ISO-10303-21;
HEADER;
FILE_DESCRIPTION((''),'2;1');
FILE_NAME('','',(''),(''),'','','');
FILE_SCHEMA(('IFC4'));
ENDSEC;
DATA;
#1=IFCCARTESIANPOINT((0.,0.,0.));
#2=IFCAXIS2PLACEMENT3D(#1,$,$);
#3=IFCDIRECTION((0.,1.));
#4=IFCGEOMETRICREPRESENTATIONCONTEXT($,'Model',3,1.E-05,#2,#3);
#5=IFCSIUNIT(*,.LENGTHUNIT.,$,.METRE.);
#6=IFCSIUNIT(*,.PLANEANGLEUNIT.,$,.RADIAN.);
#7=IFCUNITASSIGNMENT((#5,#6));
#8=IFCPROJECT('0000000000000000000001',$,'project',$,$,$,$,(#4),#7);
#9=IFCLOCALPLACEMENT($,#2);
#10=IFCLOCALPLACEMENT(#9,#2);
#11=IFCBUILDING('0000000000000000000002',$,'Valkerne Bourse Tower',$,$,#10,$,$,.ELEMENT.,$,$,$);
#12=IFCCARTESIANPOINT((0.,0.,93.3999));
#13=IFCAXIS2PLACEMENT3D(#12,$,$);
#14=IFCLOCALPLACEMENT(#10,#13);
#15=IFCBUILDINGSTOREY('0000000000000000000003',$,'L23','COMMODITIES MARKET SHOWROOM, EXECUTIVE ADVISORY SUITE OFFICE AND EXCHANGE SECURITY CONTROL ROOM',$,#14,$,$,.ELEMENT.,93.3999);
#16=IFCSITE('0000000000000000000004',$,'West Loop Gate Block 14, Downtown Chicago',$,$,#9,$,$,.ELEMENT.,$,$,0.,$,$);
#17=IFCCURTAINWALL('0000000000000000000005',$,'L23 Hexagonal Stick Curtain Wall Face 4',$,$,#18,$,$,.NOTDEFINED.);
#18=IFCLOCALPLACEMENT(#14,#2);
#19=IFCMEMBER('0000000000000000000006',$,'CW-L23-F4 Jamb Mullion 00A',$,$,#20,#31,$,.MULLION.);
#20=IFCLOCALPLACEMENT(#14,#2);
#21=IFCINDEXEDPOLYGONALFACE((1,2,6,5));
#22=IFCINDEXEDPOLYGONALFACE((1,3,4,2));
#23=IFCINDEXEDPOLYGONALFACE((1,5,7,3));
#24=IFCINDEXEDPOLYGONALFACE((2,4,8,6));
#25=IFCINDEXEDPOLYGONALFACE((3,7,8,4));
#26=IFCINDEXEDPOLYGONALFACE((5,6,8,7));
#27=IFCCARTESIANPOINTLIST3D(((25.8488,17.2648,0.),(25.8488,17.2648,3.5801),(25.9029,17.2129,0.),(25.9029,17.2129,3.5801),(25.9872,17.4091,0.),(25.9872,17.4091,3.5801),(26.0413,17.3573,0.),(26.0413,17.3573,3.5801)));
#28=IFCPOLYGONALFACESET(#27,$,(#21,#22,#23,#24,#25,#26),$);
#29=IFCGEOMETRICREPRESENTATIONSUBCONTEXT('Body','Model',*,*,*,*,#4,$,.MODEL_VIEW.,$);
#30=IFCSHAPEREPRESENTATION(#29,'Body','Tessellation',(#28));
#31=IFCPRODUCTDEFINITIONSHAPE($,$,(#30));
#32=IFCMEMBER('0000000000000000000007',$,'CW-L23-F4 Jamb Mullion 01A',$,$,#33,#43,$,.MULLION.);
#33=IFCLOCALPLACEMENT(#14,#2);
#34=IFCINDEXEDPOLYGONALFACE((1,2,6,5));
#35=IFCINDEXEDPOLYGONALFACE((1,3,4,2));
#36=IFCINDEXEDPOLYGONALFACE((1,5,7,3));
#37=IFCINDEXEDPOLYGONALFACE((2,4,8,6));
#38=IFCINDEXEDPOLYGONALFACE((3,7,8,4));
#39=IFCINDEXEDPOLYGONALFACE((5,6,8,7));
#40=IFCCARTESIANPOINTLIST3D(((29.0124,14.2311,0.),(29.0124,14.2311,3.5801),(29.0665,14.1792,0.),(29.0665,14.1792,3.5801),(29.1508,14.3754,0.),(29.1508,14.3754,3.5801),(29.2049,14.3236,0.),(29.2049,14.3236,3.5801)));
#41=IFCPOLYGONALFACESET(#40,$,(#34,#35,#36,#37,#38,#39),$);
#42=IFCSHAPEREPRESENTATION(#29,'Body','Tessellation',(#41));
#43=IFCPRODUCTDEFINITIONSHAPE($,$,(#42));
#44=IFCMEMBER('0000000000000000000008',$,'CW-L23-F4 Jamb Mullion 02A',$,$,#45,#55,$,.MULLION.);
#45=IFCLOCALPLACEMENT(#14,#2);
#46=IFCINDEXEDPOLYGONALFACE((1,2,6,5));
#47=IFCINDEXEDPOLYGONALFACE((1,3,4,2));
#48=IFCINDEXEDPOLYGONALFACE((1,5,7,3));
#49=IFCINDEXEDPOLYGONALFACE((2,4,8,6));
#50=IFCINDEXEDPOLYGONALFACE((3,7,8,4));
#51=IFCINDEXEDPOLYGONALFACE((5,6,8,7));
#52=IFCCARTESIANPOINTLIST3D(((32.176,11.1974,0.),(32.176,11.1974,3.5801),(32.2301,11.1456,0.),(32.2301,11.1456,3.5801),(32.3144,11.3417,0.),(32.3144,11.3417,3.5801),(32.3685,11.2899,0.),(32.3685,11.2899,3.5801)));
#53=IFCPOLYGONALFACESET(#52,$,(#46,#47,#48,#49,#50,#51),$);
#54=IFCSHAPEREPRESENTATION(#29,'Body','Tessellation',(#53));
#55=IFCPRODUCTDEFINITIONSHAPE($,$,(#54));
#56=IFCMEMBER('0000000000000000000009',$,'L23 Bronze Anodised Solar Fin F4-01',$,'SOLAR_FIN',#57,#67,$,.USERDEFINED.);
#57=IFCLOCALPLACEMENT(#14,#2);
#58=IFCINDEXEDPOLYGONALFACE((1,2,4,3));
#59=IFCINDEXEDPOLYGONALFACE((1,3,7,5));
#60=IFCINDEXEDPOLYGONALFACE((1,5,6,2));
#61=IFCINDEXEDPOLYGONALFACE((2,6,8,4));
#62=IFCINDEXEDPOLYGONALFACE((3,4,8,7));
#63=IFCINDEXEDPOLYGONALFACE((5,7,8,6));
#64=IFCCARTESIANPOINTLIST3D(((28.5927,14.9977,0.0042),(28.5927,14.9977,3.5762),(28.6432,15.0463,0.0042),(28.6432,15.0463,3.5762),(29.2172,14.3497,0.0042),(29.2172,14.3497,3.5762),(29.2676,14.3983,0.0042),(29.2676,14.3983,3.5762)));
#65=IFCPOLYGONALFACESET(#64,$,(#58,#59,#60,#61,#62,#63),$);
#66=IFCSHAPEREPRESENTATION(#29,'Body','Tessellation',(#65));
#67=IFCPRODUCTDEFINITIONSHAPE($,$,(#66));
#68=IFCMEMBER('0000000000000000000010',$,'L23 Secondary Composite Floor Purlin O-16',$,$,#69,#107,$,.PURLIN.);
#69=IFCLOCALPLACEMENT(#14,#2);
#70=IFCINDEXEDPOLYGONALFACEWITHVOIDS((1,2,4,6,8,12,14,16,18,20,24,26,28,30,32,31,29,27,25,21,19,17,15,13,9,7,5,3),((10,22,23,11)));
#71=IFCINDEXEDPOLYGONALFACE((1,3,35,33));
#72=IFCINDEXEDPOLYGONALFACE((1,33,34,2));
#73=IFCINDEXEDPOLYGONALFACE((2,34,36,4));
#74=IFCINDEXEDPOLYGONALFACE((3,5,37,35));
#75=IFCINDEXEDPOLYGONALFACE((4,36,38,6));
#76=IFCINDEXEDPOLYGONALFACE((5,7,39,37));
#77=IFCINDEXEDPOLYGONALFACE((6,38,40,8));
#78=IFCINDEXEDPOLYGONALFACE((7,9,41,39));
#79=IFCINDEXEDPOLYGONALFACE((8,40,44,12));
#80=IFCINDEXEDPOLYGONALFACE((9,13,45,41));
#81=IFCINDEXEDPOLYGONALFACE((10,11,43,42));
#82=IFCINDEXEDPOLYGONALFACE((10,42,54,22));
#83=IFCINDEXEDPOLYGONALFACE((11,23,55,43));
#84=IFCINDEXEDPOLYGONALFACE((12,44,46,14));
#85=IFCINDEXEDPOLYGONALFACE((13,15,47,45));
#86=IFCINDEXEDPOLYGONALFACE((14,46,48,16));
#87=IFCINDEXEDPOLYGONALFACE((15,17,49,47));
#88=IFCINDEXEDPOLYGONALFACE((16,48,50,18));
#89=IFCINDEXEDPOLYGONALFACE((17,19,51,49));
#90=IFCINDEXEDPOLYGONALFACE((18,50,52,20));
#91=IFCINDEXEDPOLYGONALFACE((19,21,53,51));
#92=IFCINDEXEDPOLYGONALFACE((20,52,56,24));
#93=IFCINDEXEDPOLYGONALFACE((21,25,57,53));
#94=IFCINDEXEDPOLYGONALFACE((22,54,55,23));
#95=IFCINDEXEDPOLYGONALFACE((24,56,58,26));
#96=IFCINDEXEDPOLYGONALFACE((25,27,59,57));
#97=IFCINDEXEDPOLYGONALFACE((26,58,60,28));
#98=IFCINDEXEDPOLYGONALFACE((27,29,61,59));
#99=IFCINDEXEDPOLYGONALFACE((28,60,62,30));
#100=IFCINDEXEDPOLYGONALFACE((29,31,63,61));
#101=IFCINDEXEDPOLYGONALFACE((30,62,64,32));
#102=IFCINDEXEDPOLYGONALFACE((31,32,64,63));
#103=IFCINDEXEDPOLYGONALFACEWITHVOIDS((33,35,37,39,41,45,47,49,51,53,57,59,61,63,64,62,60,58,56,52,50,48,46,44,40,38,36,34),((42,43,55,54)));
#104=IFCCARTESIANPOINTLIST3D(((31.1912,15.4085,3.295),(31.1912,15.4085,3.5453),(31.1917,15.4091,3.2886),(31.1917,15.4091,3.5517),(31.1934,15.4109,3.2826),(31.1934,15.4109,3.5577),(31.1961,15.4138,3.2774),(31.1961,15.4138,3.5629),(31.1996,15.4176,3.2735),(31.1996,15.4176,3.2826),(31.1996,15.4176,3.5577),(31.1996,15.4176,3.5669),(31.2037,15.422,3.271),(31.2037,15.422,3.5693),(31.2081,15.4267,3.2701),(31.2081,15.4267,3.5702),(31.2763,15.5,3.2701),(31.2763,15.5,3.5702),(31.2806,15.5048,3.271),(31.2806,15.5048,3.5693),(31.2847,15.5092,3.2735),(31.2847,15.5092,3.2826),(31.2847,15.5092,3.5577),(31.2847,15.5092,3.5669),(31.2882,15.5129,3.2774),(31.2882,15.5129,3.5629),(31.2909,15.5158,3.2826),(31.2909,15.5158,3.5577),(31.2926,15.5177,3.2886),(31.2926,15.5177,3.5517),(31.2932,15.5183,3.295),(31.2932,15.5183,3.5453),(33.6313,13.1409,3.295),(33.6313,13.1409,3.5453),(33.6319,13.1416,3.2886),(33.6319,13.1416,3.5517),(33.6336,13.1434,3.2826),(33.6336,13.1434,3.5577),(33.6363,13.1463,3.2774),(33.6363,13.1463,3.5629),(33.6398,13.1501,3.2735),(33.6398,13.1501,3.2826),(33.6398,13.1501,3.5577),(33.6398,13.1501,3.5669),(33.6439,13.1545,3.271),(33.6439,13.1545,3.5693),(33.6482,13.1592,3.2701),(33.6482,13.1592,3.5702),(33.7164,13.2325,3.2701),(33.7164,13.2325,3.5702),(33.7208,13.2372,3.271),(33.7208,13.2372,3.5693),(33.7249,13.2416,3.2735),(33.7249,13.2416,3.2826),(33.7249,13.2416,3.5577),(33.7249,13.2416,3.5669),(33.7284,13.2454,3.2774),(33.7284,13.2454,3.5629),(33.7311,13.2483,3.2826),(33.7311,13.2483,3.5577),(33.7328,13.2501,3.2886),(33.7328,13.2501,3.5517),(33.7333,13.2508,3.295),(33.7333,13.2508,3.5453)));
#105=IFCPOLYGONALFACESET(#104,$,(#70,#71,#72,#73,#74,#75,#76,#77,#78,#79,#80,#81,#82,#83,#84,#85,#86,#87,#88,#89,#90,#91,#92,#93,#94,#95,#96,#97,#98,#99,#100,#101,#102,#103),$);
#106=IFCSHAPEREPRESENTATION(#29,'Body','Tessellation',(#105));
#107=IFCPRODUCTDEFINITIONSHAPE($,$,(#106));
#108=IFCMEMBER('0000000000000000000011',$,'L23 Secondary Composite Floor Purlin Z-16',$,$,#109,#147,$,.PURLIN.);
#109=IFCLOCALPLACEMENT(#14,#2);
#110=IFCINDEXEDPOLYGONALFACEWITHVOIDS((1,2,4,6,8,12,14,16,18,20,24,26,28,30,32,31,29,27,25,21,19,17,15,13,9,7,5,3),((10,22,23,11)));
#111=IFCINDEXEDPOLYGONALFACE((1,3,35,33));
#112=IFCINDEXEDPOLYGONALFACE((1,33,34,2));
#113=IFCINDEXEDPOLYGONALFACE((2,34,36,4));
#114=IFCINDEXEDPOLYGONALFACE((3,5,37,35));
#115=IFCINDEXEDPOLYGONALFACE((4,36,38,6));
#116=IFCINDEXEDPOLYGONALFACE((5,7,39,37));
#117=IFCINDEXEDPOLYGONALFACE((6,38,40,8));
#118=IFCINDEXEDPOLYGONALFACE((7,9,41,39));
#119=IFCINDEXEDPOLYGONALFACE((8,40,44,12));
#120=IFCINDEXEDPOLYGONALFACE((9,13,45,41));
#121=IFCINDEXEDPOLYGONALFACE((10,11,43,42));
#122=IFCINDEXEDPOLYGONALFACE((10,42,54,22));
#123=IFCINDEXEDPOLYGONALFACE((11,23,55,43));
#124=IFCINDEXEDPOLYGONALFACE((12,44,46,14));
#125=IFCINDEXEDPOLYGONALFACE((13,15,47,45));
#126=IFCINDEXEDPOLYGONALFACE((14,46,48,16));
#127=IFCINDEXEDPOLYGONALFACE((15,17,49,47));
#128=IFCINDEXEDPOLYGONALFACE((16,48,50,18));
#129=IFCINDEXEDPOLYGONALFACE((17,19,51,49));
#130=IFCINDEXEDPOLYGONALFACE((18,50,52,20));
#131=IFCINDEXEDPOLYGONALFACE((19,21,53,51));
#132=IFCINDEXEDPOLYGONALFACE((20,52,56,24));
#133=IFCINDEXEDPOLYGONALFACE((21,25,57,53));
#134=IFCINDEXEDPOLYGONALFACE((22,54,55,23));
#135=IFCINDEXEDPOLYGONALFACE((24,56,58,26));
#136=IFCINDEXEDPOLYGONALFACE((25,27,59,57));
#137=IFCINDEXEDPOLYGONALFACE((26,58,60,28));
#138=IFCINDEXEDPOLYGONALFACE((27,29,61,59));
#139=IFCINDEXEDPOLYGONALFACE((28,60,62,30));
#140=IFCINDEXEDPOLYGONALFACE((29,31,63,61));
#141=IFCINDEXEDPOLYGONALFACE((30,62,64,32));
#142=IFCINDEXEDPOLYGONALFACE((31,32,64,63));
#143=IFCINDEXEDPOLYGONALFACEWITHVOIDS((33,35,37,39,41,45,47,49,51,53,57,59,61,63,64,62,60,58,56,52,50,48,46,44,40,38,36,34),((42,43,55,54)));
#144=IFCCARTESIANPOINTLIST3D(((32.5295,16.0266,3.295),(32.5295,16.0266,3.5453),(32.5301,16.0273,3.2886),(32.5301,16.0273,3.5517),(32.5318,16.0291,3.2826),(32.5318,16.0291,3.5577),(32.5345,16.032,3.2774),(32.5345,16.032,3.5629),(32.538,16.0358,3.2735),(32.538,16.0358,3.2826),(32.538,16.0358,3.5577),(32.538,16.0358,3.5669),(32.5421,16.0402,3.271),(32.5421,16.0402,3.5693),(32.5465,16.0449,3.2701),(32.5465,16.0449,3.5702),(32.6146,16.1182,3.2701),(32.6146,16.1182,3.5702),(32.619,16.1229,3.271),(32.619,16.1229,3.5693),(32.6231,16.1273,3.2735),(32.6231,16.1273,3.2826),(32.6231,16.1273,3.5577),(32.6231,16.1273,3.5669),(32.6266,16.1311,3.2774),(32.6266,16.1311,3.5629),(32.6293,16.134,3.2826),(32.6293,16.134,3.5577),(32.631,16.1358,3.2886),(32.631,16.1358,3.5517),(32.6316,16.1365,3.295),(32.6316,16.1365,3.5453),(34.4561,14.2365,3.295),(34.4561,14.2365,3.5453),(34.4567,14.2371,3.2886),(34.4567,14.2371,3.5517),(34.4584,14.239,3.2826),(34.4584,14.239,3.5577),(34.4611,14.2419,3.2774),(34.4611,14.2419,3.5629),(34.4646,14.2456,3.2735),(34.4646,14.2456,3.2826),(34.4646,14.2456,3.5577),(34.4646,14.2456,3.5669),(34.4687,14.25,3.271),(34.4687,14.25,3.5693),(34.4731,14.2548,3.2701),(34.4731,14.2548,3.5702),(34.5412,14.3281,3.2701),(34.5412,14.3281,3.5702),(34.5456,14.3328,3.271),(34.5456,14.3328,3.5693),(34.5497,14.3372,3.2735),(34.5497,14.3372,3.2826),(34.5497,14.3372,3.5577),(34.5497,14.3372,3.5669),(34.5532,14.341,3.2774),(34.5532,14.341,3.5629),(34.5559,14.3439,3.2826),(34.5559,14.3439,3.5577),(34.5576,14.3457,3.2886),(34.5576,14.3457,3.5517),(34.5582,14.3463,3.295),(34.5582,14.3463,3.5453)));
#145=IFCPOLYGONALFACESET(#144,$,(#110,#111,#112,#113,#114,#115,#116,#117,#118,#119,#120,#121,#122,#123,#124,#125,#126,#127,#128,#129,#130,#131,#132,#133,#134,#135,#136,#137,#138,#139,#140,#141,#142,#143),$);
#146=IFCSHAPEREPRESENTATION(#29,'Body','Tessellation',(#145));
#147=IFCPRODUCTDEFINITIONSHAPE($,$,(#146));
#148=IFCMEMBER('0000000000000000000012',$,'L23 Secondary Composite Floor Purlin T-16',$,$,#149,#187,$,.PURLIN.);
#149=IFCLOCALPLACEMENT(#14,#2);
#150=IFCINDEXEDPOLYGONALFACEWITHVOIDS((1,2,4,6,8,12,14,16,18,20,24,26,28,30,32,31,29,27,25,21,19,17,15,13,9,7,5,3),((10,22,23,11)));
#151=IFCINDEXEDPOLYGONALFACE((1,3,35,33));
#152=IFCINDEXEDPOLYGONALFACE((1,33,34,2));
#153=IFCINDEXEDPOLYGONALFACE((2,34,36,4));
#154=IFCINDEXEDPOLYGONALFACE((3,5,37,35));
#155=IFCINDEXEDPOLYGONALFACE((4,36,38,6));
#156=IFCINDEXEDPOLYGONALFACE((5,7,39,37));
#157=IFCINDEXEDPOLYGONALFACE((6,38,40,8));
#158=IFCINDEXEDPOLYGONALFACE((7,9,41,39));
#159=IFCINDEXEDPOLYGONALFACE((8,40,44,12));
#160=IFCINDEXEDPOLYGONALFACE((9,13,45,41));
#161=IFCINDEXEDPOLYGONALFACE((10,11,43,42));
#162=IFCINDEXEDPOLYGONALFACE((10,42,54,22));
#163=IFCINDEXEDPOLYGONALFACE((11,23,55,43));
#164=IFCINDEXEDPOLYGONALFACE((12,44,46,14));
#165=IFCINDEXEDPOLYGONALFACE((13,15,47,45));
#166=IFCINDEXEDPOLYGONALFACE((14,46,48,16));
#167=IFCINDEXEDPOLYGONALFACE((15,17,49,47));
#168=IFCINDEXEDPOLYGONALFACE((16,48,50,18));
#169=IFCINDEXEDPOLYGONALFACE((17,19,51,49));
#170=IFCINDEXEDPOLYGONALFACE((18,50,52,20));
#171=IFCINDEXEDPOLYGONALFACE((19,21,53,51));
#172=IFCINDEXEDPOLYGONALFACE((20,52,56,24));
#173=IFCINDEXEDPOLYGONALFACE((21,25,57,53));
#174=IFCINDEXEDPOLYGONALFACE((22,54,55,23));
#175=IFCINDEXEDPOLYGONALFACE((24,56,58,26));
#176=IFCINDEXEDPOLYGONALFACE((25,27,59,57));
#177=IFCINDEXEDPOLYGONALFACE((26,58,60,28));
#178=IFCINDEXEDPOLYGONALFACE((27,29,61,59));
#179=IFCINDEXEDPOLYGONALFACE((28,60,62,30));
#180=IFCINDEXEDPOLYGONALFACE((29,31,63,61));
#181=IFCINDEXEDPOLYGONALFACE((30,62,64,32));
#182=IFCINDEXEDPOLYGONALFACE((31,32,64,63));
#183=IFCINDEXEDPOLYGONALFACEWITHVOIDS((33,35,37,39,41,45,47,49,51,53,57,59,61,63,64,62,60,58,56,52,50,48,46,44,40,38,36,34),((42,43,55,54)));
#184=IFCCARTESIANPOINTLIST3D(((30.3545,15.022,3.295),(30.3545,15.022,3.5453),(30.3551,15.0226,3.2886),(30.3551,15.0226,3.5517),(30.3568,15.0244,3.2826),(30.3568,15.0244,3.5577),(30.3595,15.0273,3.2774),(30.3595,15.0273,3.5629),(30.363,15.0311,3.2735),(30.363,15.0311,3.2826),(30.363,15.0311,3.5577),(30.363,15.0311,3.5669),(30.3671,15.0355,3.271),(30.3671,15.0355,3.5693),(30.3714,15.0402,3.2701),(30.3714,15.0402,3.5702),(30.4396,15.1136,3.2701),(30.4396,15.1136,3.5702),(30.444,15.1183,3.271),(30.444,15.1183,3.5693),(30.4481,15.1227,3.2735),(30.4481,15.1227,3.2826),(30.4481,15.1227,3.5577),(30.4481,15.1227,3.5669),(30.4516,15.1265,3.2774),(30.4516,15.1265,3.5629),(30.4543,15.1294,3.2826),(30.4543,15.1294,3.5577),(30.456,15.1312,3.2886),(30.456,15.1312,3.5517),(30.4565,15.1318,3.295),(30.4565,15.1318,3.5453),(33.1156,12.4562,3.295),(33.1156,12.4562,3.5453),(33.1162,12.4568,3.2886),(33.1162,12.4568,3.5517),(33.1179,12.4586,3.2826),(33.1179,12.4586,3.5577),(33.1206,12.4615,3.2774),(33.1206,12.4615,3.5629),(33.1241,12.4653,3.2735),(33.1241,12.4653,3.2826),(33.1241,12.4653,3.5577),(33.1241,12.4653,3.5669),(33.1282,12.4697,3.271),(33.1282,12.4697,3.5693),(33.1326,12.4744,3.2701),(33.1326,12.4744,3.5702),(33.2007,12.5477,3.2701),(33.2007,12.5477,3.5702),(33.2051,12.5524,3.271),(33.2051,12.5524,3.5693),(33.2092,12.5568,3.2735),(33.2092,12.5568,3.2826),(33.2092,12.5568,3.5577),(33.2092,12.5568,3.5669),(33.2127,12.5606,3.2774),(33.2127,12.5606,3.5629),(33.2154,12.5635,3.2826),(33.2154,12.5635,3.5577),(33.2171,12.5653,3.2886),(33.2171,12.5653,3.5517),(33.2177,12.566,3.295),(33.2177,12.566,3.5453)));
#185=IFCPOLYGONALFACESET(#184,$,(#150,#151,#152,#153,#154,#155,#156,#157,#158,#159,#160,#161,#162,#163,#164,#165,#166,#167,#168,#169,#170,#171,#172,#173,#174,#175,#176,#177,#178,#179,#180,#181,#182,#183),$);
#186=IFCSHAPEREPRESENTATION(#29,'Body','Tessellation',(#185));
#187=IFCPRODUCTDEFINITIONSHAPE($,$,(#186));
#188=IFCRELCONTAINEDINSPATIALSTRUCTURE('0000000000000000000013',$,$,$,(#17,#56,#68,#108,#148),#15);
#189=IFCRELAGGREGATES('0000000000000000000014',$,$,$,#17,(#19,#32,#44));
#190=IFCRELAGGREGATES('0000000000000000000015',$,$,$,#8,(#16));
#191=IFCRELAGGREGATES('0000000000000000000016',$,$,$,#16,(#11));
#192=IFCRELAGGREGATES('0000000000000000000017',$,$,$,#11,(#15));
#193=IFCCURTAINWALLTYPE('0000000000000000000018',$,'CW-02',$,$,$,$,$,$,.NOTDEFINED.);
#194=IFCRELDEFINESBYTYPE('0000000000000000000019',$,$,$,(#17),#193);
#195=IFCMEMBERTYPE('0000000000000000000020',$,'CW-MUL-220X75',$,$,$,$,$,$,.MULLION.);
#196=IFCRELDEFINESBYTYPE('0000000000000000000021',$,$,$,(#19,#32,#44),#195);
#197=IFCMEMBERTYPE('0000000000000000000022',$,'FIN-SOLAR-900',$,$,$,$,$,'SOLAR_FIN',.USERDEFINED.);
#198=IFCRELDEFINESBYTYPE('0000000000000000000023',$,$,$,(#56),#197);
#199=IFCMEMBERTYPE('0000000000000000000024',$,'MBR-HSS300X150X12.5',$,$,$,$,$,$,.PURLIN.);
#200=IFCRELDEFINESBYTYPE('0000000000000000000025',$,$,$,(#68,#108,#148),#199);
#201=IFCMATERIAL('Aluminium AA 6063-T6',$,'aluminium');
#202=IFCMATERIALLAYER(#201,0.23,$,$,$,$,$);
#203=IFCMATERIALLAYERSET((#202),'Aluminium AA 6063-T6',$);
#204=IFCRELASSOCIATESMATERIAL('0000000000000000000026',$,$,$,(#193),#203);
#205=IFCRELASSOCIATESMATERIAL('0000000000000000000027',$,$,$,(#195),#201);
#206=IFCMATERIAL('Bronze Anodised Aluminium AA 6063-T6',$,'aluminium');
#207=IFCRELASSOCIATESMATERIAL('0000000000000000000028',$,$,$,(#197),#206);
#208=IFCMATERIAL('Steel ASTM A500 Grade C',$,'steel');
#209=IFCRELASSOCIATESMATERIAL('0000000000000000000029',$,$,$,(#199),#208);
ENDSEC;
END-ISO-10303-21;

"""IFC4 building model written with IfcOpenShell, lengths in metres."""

from ifc_helpers import new_model, si_unit, direction, frame, origin, origin_2d, place, context, subcontext, project, spatial, rectangle, hollow_rectangle, extrude, material, layer, layer_set, material_profile, profile_set, type_object, element, aggregate, save


model = new_model("IFC4")

# Units and contexts
model_context = context("Model", 3, precision=1e-05, world=origin(), true_north=direction((0.0, 1.0)))
body_context = subcontext(model_context, "Body", "Model", "MODEL_VIEW")
ifc_project = project(units=[si_unit("LENGTHUNIT", "METRE"), si_unit("PLANEANGLEUNIT", "RADIAN")], contexts=[model_context])

# Site, building, storey
site_placement = place(None, origin())
site = spatial("IfcSite", under=ifc_project, at=site_placement, Name="West Loop Gate Block 14, Downtown Chicago", CompositionType="ELEMENT", RefElevation=0.0)
building_placement = place(site_placement, origin())
building = spatial("IfcBuilding", under=site, at=building_placement, Name="Valkerne Bourse Tower", CompositionType="ELEMENT")
storey_placement = place(building_placement, frame((0.0, 0.0, 93.3999)))
storey = spatial("IfcBuildingStorey", under=building, at=storey_placement, Name="L23", Description="COMMODITIES MARKET SHOWROOM, EXECUTIVE ADVISORY SUITE OFFICE AND EXCHANGE SECURITY CONTROL ROOM", CompositionType="ELEMENT", Elevation=93.3999)

# Curtain wall, members
ifc_material_1 = material(Name="Aluminium AA 6063-T6", Category="aluminium")
ifc_layer_1 = layer(ifc_material_1, 0.23)
ifc_layer_set_1 = layer_set([ifc_layer_1], Name="Aluminium AA 6063-T6")
curtain_wall_type = type_object("IfcCurtainWallType", Name="CW-02", PredefinedType="NOTDEFINED", material=ifc_layer_set_1)
curtain_wall_placement = place(storey_placement, origin())
curtain_wall = element("IfcCurtainWall", 1, at=curtain_wall_placement, inside=storey, type_object=curtain_wall_type, Name="L23 Hexagonal Stick Curtain Wall Face 4", PredefinedType="NOTDEFINED")
ifc_material_profile_1 = material_profile(ifc_material_1, rectangle(XDim=0.075, YDim=0.2, at=origin_2d()), Name="CWM-75X200")
ifc_profile_set_1 = profile_set([ifc_material_profile_1], Name="Aluminium AA 6063-T6")
member_type_1 = type_object("IfcMemberType", Name="CW-MUL-220X75", PredefinedType="MULLION", material=ifc_profile_set_1)
member_1_placement = place(storey_placement, frame((25.9451, 17.311, 0.0), z_axis=(0.0, 0.0, 1.0), x_axis=(0.721759, -0.692145, 0.0)))
member_1 = element("IfcMember", 2, at=member_1_placement, type_object=member_type_1, Name="CW-L23-F4 Jamb Mullion 00A", PredefinedType="MULLION", context=body_context, shape_type="SweptSolid", body=[
    extrude(rectangle(XDim=0.075, YDim=0.2, at=origin_2d()), origin(), (0.0, 0.0, 1.0), 3.5801),
])
member_2_placement = place(storey_placement, frame((29.1086, 14.2773, 0.0), z_axis=(0.0, 0.0, 1.0), x_axis=(0.721759, -0.692145, 0.0)))
member_2 = element("IfcMember", 3, at=member_2_placement, type_object=member_type_1, Name="CW-L23-F4 Jamb Mullion 01A", PredefinedType="MULLION", context=body_context, shape_type="SweptSolid", body=[
    extrude(rectangle(XDim=0.075, YDim=0.2, at=origin_2d()), origin(), (0.0, 0.0, 1.0), 3.5801),
])
member_3_placement = place(storey_placement, frame((32.2722, 11.2437, 0.0), z_axis=(0.0, 0.0, 1.0), x_axis=(0.72177, -0.692133, 0.0)))
member_3 = element("IfcMember", 4, at=member_3_placement, type_object=member_type_1, Name="CW-L23-F4 Jamb Mullion 02A", PredefinedType="MULLION", context=body_context, shape_type="SweptSolid", body=[
    extrude(rectangle(XDim=0.075, YDim=0.2, at=origin_2d()), origin(), (0.0, 0.0, 1.0), 3.5801),
])

# Members
ifc_material_2 = material(Name="Bronze Anodised Aluminium AA 6063-T6", Category="aluminium")
ifc_material_profile_2 = material_profile(ifc_material_2, rectangle(XDim=0.0701, YDim=0.8999, at=origin_2d()), Name="FIN-70X900")
ifc_profile_set_2 = profile_set([ifc_material_profile_2], Name="Bronze Anodised Aluminium AA 6063-T6")
member_type_2 = type_object("IfcMemberType", Name="FIN-SOLAR-900", ElementType="SOLAR_FIN", PredefinedType="USERDEFINED", material=ifc_profile_set_2)
member_4_placement = place(storey_placement, frame((28.9302, 14.698, 0.0042), z_axis=(0.0, 0.0, 1.0), x_axis=(-0.720098, -0.693872, 0.0)))
element("IfcMember", 5, at=member_4_placement, inside=storey, type_object=member_type_2, Name="L23 Bronze Anodised Solar Fin F4-01", ObjectType="SOLAR_FIN", PredefinedType="USERDEFINED", context=body_context, shape_type="SweptSolid", body=[
    extrude(rectangle(XDim=0.0701, YDim=0.8999, at=origin_2d()), origin(), (0.0, 0.0, 1.0), 3.572),
])
ifc_material_3 = material(Name="Steel ASTM A500 Grade C", Category="steel")
ifc_material_profile_3 = material_profile(ifc_material_3, hollow_rectangle(XDim=0.1499, YDim=0.3, WallThickness=0.0125, OuterFilletRadius=0.0249, at=origin_2d()), Name="HSS300X150X12.5")
ifc_profile_set_3 = profile_set([ifc_material_profile_3], Name="Steel ASTM A500 Grade C")
member_type_3 = type_object("IfcMemberType", Name="MBR-HSS300X150X12.5", PredefinedType="PURLIN", material=ifc_profile_set_3)
member_5_placement = place(storey_placement, frame((31.2422, 15.4634, 3.4202), z_axis=(0.73254, -0.680724, 0.0), x_axis=(0.680724, 0.73254, 0.0)))
element("IfcMember", 6, at=member_5_placement, inside=storey, type_object=member_type_3, Name="L23 Secondary Composite Floor Purlin O-16", PredefinedType="PURLIN", context=body_context, shape_type="SweptSolid", body=[
    extrude(hollow_rectangle(XDim=0.1499, YDim=0.3, WallThickness=0.0125, OuterFilletRadius=0.0249, at=origin_2d()), origin(), (0.0, 0.0, 1.0), 3.3311),
])
member_6_placement = place(storey_placement, frame((32.5806, 16.0815, 3.4202), z_axis=(0.732579, -0.680683, 0.0), x_axis=(0.680683, 0.732579, 0.0)))
element("IfcMember", 7, at=member_6_placement, inside=storey, type_object=member_type_3, Name="L23 Secondary Composite Floor Purlin Z-16", PredefinedType="PURLIN", context=body_context, shape_type="SweptSolid", body=[
    extrude(hollow_rectangle(XDim=0.1499, YDim=0.3, WallThickness=0.0125, OuterFilletRadius=0.0249, at=origin_2d()), origin(), (0.0, 0.0, 1.0), 2.6299),
])
member_7_placement = place(storey_placement, frame((30.4055, 15.0769, 3.4202), z_axis=(0.73254, -0.680724, 0.0), x_axis=(0.680724, 0.73254, 0.0)))
element("IfcMember", 8, at=member_7_placement, inside=storey, type_object=member_type_3, Name="L23 Secondary Composite Floor Purlin T-16", PredefinedType="PURLIN", context=body_context, shape_type="SweptSolid", body=[
    extrude(hollow_rectangle(XDim=0.1499, YDim=0.3, WallThickness=0.0125, OuterFilletRadius=0.0249, at=origin_2d()), origin(), (0.0, 0.0, 1.0), 3.7693),
])

aggregate(curtain_wall, [member_1, member_2, member_3])

save(model, "model.ifc")
